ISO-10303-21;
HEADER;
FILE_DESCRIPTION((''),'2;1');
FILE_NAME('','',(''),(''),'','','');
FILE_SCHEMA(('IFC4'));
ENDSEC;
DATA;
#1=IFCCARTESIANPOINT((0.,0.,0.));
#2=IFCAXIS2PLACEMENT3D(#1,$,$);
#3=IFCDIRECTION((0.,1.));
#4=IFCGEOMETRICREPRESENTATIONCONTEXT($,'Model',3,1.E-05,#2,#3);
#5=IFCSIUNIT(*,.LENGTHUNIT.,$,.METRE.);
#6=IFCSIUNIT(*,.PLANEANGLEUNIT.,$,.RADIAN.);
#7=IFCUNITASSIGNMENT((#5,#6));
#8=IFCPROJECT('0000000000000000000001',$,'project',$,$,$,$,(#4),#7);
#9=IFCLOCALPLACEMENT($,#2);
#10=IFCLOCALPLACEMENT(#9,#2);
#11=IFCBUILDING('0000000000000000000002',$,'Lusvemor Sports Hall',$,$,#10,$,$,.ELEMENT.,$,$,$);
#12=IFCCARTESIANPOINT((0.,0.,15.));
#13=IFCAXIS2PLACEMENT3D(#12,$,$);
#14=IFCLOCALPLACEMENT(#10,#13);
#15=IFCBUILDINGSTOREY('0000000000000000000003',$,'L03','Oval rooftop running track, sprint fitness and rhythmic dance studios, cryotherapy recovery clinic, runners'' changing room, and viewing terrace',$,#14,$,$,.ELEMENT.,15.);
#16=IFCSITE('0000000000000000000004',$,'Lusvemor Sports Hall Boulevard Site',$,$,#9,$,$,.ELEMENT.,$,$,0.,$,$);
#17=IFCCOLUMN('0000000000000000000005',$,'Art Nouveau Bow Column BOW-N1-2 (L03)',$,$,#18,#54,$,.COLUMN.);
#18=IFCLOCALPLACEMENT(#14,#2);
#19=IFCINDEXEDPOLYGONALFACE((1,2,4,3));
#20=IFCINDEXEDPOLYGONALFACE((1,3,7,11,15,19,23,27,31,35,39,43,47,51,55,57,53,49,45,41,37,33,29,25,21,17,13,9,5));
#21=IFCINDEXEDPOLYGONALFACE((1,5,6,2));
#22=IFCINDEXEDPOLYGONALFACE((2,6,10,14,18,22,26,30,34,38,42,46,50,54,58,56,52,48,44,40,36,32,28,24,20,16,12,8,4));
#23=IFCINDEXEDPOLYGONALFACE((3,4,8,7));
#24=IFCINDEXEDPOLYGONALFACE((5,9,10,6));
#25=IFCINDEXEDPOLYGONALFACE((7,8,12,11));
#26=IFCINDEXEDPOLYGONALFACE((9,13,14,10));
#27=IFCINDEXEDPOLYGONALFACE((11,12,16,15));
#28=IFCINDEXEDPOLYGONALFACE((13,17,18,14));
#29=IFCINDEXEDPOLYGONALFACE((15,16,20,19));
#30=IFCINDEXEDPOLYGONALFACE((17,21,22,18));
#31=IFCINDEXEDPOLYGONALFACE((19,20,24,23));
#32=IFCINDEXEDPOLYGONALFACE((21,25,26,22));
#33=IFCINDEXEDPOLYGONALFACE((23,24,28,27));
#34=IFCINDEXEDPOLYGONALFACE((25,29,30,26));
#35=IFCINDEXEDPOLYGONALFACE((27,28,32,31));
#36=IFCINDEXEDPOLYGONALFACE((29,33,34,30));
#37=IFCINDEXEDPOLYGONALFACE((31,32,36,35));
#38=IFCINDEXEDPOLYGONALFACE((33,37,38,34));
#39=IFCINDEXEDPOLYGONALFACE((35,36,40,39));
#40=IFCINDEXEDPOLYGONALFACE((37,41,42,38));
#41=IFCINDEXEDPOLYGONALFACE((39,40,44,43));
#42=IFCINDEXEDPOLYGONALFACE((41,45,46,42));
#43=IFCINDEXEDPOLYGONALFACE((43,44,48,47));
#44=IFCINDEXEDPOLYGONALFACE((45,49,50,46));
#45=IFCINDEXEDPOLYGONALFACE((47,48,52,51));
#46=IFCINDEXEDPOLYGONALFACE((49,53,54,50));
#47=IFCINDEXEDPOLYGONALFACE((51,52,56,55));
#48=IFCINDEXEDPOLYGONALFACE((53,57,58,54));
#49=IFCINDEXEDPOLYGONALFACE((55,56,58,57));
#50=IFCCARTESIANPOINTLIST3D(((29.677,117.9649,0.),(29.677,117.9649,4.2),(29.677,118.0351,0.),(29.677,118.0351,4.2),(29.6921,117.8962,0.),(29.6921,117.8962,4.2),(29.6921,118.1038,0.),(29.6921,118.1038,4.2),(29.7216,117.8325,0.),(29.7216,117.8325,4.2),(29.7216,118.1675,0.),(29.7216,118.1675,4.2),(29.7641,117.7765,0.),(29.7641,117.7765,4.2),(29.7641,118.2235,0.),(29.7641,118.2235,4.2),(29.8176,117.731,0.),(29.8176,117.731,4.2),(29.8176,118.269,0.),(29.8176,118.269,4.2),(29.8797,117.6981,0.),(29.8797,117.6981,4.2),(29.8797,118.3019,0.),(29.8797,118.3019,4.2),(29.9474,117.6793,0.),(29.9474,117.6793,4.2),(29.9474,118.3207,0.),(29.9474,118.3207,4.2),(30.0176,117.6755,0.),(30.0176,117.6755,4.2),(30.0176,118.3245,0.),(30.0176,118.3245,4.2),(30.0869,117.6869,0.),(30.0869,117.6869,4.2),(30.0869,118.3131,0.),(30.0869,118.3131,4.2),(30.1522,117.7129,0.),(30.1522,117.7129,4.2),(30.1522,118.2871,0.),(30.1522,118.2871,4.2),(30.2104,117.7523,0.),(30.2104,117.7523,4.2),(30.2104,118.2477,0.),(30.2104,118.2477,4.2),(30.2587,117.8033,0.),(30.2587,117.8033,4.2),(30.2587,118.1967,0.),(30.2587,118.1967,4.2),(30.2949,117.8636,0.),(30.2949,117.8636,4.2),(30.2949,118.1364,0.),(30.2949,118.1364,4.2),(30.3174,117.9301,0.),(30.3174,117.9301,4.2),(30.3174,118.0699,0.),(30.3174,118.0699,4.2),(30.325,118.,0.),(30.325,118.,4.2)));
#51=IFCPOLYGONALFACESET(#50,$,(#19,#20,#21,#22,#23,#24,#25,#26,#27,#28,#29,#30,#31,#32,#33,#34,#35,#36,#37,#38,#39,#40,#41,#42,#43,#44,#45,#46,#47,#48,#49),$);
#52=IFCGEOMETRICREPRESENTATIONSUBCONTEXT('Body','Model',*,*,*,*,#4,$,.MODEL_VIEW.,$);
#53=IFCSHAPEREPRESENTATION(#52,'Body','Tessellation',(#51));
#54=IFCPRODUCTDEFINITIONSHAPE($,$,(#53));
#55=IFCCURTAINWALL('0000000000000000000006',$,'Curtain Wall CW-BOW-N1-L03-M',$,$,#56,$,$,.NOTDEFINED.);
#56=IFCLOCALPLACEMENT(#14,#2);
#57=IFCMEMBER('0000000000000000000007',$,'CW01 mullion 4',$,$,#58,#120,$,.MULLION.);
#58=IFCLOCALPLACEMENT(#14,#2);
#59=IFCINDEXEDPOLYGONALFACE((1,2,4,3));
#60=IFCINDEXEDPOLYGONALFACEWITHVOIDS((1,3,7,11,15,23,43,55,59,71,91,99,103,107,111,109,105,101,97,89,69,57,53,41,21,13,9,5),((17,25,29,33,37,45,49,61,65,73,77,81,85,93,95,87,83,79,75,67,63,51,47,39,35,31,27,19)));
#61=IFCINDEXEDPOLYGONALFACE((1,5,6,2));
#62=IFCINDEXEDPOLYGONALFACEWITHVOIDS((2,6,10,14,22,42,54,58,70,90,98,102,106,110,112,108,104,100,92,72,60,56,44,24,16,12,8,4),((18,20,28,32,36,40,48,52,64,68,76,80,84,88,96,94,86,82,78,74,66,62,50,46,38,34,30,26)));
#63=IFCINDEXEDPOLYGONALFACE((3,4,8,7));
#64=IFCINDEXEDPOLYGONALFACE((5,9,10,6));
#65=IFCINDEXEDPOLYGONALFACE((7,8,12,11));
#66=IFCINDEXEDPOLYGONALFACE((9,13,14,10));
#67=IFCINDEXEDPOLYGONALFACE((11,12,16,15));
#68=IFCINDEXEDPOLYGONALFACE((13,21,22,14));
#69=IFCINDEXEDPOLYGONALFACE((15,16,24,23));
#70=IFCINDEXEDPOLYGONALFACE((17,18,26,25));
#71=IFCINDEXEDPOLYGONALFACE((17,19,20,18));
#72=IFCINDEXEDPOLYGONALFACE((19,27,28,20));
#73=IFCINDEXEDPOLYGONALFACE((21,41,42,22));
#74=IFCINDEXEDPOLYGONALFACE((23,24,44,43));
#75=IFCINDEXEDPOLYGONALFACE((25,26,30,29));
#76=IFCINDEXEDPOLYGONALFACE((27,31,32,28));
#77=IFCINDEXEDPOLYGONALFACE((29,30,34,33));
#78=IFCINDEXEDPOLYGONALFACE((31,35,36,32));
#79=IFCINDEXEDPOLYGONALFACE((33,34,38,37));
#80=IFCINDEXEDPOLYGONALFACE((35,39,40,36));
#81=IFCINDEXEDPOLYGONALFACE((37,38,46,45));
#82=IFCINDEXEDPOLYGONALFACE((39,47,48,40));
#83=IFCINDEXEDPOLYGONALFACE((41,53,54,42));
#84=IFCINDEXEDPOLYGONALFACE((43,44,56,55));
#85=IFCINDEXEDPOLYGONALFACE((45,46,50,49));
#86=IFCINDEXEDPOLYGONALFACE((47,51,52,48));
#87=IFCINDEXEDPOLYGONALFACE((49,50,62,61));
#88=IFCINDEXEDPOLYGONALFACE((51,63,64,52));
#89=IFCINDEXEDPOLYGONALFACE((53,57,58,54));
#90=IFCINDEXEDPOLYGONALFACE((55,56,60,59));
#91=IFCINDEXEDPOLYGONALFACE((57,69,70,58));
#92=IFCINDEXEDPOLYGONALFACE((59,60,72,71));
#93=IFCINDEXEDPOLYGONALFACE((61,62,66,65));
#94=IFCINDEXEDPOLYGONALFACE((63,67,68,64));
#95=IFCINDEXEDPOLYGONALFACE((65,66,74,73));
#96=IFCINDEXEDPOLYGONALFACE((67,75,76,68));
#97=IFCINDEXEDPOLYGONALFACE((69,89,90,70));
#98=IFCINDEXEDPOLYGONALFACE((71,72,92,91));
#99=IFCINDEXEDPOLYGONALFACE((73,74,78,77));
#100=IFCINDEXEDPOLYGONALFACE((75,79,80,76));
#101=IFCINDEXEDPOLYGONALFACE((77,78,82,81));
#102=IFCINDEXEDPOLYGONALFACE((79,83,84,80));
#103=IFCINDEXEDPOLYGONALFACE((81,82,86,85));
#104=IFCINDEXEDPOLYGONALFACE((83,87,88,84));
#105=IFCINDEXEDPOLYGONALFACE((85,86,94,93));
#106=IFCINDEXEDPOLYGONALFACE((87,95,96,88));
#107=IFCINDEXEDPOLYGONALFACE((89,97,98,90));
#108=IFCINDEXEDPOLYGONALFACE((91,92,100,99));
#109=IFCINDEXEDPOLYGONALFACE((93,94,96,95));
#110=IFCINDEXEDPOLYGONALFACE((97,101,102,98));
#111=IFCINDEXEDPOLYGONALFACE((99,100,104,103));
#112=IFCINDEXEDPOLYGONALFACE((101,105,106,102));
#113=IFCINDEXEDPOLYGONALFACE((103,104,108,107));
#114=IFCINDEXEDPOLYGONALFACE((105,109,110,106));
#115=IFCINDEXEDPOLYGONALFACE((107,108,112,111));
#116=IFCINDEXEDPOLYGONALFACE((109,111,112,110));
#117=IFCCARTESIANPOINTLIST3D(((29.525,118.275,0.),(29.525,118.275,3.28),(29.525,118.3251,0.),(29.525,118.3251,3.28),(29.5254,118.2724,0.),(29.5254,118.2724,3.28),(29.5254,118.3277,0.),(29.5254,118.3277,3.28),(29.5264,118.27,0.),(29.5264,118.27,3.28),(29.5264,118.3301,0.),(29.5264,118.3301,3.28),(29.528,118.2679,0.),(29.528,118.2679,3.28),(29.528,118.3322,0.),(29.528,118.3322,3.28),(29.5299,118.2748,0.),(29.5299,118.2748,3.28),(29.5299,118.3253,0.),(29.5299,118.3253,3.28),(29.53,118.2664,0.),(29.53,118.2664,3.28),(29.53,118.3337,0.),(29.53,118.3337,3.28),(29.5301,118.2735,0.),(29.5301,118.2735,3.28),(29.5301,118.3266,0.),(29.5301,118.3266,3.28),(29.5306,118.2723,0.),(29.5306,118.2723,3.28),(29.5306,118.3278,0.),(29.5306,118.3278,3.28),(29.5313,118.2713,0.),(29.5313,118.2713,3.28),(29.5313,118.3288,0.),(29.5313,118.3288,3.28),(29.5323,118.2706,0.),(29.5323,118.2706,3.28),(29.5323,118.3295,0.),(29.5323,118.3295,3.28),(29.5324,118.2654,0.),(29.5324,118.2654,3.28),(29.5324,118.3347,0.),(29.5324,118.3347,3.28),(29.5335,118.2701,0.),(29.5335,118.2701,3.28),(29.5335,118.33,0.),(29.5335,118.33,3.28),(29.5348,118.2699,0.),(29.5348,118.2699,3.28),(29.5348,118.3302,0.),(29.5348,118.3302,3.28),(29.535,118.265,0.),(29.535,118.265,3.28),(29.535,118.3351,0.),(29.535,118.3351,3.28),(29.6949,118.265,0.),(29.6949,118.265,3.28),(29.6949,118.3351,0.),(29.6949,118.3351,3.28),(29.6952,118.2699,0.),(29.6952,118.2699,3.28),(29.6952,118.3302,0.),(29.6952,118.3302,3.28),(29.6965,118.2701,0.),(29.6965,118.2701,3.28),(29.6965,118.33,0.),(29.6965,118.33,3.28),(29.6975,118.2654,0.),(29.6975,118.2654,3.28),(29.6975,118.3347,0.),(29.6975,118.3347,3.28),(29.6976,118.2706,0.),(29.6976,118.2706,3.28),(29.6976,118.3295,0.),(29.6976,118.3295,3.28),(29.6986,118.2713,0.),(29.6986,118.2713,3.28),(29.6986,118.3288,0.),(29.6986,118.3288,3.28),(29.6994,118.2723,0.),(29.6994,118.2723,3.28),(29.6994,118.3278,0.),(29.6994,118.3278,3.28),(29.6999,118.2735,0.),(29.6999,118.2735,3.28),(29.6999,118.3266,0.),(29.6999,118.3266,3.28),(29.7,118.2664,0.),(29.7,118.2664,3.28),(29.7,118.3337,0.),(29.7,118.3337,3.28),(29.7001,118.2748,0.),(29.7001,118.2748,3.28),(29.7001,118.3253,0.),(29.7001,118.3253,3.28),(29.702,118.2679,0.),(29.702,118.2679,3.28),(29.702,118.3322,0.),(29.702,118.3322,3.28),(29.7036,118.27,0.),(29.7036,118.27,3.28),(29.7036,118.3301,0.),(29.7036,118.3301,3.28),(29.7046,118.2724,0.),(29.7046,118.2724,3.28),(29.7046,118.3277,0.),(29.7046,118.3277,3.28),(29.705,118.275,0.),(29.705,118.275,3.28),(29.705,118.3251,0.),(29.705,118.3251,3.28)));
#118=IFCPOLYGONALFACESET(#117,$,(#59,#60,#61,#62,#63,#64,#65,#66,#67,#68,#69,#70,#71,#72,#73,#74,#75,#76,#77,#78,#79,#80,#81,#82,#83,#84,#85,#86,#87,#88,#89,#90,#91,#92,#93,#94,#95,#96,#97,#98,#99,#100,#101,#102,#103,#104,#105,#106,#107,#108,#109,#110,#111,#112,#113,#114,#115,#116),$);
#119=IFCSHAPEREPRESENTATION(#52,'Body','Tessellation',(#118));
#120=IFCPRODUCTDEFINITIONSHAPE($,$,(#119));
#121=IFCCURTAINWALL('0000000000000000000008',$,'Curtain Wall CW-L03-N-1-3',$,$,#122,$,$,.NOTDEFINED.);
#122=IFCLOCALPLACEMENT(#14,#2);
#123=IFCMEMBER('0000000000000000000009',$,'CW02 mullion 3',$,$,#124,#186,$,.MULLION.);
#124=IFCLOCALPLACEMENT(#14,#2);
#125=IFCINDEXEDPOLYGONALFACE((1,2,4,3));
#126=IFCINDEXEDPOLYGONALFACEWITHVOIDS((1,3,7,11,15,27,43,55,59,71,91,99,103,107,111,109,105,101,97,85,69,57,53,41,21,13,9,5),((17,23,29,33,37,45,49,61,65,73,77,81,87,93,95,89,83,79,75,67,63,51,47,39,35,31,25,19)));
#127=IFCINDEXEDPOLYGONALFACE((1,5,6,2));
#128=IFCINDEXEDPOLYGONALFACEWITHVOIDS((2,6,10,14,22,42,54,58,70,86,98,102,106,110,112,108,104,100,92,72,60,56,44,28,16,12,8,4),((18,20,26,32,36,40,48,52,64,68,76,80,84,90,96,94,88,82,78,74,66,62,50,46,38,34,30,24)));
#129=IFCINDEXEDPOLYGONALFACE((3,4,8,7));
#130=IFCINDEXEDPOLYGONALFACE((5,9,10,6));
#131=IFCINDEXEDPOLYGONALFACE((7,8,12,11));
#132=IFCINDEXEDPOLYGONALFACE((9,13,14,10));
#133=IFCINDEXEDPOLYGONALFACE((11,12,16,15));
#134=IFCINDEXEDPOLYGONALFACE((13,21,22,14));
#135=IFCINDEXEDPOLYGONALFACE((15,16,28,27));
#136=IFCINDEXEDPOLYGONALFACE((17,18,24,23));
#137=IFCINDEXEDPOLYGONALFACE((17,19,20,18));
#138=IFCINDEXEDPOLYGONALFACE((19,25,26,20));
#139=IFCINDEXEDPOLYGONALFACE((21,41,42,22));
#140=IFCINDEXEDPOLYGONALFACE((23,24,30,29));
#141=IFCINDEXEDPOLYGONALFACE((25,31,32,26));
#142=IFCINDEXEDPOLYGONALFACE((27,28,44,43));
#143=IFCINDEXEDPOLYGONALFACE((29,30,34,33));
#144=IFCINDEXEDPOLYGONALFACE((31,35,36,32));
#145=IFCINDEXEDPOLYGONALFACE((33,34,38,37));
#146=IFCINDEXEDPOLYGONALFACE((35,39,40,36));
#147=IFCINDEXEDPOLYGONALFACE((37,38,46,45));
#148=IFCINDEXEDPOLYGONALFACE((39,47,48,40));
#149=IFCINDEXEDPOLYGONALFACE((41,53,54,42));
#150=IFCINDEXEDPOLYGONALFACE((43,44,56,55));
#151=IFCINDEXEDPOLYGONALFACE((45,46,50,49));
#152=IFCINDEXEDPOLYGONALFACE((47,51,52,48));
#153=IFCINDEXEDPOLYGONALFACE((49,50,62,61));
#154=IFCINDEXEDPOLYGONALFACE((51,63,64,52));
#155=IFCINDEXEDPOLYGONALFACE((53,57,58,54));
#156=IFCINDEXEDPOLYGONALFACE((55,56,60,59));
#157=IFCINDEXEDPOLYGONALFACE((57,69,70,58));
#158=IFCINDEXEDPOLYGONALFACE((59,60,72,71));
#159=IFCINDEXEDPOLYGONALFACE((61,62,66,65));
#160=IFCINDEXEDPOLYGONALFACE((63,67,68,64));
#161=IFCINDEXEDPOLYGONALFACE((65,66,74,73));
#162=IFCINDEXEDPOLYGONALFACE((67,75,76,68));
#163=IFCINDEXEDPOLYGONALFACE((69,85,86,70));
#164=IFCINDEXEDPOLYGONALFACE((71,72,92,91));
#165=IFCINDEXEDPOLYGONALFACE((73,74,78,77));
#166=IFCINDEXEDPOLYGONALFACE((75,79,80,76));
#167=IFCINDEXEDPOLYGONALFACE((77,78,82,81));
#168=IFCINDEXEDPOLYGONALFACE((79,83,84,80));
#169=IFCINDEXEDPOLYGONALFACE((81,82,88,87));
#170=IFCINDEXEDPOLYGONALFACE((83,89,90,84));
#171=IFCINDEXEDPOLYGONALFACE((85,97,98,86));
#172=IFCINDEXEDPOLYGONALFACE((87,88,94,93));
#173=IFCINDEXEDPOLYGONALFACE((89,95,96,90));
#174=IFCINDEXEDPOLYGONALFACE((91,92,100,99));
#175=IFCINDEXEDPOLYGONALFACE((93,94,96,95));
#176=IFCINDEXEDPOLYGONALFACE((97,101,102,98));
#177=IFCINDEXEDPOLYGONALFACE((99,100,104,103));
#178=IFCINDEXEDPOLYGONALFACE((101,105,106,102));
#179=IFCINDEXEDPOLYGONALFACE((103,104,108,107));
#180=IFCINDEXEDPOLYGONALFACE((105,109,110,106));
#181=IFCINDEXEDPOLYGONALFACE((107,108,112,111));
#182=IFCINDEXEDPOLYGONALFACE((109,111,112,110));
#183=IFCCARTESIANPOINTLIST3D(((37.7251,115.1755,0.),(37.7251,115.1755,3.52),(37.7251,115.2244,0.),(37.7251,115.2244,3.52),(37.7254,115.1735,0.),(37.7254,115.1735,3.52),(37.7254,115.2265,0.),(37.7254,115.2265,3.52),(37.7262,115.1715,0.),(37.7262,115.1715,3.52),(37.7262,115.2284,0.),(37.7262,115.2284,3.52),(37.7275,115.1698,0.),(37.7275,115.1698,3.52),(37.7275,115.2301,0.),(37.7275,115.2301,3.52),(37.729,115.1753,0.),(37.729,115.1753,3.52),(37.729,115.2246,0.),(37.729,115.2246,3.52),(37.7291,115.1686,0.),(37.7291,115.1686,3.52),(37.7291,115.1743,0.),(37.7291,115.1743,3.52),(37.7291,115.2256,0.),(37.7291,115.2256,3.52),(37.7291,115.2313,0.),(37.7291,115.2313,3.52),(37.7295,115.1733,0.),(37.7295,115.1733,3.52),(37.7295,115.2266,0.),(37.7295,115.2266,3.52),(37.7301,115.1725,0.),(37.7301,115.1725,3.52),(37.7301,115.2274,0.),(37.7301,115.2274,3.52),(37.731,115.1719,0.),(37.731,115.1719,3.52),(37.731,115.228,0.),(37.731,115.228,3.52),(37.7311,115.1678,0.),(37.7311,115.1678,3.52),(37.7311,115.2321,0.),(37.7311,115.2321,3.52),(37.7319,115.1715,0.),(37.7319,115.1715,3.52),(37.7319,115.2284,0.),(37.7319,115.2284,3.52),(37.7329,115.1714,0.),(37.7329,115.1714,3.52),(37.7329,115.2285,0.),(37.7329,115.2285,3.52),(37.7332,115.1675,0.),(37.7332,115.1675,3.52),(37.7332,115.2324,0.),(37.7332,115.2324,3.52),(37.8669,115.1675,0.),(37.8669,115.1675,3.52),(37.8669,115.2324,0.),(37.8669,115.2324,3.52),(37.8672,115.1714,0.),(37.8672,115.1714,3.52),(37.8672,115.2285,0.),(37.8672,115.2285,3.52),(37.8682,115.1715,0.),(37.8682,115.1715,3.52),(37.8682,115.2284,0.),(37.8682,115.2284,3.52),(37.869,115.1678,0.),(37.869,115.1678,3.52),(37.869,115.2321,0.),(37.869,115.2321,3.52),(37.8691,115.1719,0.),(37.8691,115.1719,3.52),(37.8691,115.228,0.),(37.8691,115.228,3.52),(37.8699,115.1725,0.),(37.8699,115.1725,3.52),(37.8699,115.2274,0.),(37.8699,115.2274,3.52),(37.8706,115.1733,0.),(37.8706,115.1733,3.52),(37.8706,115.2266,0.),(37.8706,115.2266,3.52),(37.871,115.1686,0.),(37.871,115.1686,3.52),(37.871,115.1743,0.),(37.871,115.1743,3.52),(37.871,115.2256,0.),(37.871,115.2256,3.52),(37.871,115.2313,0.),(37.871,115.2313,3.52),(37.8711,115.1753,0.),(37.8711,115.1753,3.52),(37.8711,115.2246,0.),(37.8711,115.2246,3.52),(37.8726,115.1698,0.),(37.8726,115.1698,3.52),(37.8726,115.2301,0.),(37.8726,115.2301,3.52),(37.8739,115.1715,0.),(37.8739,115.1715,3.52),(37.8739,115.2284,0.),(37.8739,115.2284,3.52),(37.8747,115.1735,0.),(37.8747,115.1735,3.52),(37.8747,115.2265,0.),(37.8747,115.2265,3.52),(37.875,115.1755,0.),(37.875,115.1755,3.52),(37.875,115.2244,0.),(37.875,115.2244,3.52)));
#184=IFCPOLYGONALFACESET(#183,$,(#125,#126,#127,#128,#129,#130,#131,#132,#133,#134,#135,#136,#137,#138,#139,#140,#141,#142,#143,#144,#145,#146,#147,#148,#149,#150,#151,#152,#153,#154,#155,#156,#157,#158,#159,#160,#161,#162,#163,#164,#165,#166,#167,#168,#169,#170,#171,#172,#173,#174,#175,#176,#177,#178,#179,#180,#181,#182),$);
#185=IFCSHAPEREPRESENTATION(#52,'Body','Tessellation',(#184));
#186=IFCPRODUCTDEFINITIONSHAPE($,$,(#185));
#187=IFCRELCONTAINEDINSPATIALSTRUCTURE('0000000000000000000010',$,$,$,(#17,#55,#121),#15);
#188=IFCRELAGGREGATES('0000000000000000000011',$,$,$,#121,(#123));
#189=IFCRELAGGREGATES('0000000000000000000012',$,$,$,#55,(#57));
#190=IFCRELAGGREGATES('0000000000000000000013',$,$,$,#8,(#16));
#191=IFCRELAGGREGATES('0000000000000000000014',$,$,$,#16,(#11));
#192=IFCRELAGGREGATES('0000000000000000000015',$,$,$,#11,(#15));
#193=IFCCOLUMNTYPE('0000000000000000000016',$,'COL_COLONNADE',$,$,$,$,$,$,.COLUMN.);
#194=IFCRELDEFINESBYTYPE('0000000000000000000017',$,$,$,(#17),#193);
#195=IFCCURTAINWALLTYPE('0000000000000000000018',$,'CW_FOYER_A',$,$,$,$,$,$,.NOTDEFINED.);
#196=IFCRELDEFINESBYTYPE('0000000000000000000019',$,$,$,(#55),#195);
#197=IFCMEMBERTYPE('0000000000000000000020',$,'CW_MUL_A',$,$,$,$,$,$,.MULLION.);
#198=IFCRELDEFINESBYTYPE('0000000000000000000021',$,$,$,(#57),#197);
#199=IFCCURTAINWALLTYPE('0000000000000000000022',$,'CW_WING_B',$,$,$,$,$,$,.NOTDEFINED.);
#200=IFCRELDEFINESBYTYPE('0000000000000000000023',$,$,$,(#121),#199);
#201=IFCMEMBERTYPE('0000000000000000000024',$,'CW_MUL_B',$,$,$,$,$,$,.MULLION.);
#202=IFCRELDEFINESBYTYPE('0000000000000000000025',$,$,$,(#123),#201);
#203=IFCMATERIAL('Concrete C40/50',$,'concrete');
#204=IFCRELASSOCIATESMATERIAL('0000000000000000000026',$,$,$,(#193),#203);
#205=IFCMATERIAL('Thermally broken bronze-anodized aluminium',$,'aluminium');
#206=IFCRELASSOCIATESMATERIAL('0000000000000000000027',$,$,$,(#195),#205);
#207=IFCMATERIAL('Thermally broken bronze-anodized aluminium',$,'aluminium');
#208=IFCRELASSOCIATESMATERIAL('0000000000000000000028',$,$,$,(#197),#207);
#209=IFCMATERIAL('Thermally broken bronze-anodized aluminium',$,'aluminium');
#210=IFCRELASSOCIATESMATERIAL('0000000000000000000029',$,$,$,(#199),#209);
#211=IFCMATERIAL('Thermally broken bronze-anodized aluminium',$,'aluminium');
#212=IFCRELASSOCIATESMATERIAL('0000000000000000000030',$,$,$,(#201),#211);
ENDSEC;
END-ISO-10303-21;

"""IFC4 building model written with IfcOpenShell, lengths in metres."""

from ifc_helpers import new_model, si_unit, direction, frame, origin, origin_2d, place, context, subcontext, project, spatial, hollow_rectangle, circle, extrude, material, material_profile, profile_set, type_object, element, aggregate, save


model = new_model("IFC4")

# Units and contexts
model_context = context("Model", 3, precision=1e-05, world=origin(), true_north=direction((0.0, 1.0)))
body_context = subcontext(model_context, "Body", "Model", "MODEL_VIEW")
ifc_project = project(units=[si_unit("LENGTHUNIT", "METRE"), si_unit("PLANEANGLEUNIT", "RADIAN")], contexts=[model_context])

# Site, building, storey
site_placement = place(None, origin())
site = spatial("IfcSite", under=ifc_project, at=site_placement, Name="Lusvemor Sports Hall Boulevard Site", CompositionType="ELEMENT", RefElevation=0.0)
building_placement = place(site_placement, origin())
building = spatial("IfcBuilding", under=site, at=building_placement, Name="Lusvemor Sports Hall", CompositionType="ELEMENT")
storey_placement = place(building_placement, frame((0.0, 0.0, 15.0)))
storey = spatial("IfcBuildingStorey", under=building, at=storey_placement, Name="L03", Description="Oval rooftop running track, sprint fitness and rhythmic dance studios, cryotherapy recovery clinic, runners' changing room, and viewing terrace", CompositionType="ELEMENT", Elevation=15.0)

# Column
ifc_material_1 = material(Name="Concrete C40/50", Category="concrete")
ifc_material_profile_1 = material_profile(ifc_material_1, circle(Radius=0.325, at=origin_2d()), Name="RCCIRC650")
ifc_profile_set_1 = profile_set([ifc_material_profile_1], Name="Concrete C40/50")
column_type = type_object("IfcColumnType", Name="COL_COLONNADE", PredefinedType="COLUMN", material=ifc_profile_set_1)
column_placement = place(storey_placement, frame((30.0, 118.0, 0.0), z_axis=(0.0, 0.0, 1.0), x_axis=(1.0, 0.0, 0.0)))
element("IfcColumn", 1, at=column_placement, inside=storey, type_object=column_type, Name="Art Nouveau Bow Column BOW-N1-2 (L03)", PredefinedType="COLUMN", context=body_context, shape_type="SweptSolid", body=[
    extrude(circle(Radius=0.325, at=origin_2d()), origin(), (0.0, 0.0, 1.0), 4.2),
])

# Curtain walls, members
ifc_material_2 = material(Name="Thermally broken bronze-anodized aluminium", Category="aluminium")
curtain_wall_type_1 = type_object("IfcCurtainWallType", Name="CW_FOYER_A", PredefinedType="NOTDEFINED", material=ifc_material_2)
curtain_wall_1_placement = place(storey_placement, origin())
curtain_wall_1 = element("IfcCurtainWall", 2, at=curtain_wall_1_placement, inside=storey, type_object=curtain_wall_type_1, Name="Curtain Wall CW-BOW-N1-L03-M", PredefinedType="NOTDEFINED")
ifc_material_3 = material(Name="Thermally broken bronze-anodized aluminium", Category="aluminium")
ifc_material_profile_2 = material_profile(ifc_material_3, hollow_rectangle(XDim=0.0701, YDim=0.1799, WallThickness=0.0049, InnerFilletRadius=0.0049, OuterFilletRadius=0.01, at=origin_2d()), Name="CWMUL180x70x5")
ifc_profile_set_2 = profile_set([ifc_material_profile_2], Name="Thermally broken bronze-anodized aluminium")
member_type_1 = type_object("IfcMemberType", Name="CW_MUL_A", PredefinedType="MULLION", material=ifc_profile_set_2)
member_1_placement = place(storey_placement, frame((29.615, 118.3, 0.0), z_axis=(0.0, 0.0, 1.0), x_axis=(0.0, 1.0, 0.0)))
member_1 = element("IfcMember", 3, at=member_1_placement, type_object=member_type_1, Name="CW01 mullion 4", PredefinedType="MULLION", context=body_context, shape_type="SweptSolid", body=[
    extrude(hollow_rectangle(XDim=0.0701, YDim=0.1799, WallThickness=0.0049, InnerFilletRadius=0.0049, OuterFilletRadius=0.01, at=origin_2d()), origin(), (0.0, 0.0, 1.0), 3.28),
])
ifc_material_4 = material(Name="Thermally broken bronze-anodized aluminium", Category="aluminium")
curtain_wall_type_2 = type_object("IfcCurtainWallType", Name="CW_WING_B", PredefinedType="NOTDEFINED", material=ifc_material_4)
curtain_wall_2_placement = place(storey_placement, origin())
curtain_wall_2 = element("IfcCurtainWall", 4, at=curtain_wall_2_placement, inside=storey, type_object=curtain_wall_type_2, Name="Curtain Wall CW-L03-N-1-3", PredefinedType="NOTDEFINED")
ifc_material_5 = material(Name="Thermally broken bronze-anodized aluminium", Category="aluminium")
ifc_material_profile_3 = material_profile(ifc_material_5, hollow_rectangle(XDim=0.0649, YDim=0.1499, WallThickness=0.0039, InnerFilletRadius=0.0039, OuterFilletRadius=0.0081, at=origin_2d()), Name="CWMUL150x65x4")
ifc_profile_set_3 = profile_set([ifc_material_profile_3], Name="Thermally broken bronze-anodized aluminium")
member_type_2 = type_object("IfcMemberType", Name="CW_MUL_B", PredefinedType="MULLION", material=ifc_profile_set_3)
member_2_placement = place(storey_placement, frame((37.8, 115.2, 0.0), z_axis=(0.0, 0.0, 1.0), x_axis=(0.0, 1.0, 0.0)))
member_2 = element("IfcMember", 5, at=member_2_placement, type_object=member_type_2, Name="CW02 mullion 3", PredefinedType="MULLION", context=body_context, shape_type="SweptSolid", body=[
    extrude(hollow_rectangle(XDim=0.0649, YDim=0.1499, WallThickness=0.0039, InnerFilletRadius=0.0039, OuterFilletRadius=0.0081, at=origin_2d()), origin(), (0.0, 0.0, 1.0), 3.52),
])

aggregate(curtain_wall_2, [member_2])
aggregate(curtain_wall_1, [member_1])

save(model, "model.ifc")
